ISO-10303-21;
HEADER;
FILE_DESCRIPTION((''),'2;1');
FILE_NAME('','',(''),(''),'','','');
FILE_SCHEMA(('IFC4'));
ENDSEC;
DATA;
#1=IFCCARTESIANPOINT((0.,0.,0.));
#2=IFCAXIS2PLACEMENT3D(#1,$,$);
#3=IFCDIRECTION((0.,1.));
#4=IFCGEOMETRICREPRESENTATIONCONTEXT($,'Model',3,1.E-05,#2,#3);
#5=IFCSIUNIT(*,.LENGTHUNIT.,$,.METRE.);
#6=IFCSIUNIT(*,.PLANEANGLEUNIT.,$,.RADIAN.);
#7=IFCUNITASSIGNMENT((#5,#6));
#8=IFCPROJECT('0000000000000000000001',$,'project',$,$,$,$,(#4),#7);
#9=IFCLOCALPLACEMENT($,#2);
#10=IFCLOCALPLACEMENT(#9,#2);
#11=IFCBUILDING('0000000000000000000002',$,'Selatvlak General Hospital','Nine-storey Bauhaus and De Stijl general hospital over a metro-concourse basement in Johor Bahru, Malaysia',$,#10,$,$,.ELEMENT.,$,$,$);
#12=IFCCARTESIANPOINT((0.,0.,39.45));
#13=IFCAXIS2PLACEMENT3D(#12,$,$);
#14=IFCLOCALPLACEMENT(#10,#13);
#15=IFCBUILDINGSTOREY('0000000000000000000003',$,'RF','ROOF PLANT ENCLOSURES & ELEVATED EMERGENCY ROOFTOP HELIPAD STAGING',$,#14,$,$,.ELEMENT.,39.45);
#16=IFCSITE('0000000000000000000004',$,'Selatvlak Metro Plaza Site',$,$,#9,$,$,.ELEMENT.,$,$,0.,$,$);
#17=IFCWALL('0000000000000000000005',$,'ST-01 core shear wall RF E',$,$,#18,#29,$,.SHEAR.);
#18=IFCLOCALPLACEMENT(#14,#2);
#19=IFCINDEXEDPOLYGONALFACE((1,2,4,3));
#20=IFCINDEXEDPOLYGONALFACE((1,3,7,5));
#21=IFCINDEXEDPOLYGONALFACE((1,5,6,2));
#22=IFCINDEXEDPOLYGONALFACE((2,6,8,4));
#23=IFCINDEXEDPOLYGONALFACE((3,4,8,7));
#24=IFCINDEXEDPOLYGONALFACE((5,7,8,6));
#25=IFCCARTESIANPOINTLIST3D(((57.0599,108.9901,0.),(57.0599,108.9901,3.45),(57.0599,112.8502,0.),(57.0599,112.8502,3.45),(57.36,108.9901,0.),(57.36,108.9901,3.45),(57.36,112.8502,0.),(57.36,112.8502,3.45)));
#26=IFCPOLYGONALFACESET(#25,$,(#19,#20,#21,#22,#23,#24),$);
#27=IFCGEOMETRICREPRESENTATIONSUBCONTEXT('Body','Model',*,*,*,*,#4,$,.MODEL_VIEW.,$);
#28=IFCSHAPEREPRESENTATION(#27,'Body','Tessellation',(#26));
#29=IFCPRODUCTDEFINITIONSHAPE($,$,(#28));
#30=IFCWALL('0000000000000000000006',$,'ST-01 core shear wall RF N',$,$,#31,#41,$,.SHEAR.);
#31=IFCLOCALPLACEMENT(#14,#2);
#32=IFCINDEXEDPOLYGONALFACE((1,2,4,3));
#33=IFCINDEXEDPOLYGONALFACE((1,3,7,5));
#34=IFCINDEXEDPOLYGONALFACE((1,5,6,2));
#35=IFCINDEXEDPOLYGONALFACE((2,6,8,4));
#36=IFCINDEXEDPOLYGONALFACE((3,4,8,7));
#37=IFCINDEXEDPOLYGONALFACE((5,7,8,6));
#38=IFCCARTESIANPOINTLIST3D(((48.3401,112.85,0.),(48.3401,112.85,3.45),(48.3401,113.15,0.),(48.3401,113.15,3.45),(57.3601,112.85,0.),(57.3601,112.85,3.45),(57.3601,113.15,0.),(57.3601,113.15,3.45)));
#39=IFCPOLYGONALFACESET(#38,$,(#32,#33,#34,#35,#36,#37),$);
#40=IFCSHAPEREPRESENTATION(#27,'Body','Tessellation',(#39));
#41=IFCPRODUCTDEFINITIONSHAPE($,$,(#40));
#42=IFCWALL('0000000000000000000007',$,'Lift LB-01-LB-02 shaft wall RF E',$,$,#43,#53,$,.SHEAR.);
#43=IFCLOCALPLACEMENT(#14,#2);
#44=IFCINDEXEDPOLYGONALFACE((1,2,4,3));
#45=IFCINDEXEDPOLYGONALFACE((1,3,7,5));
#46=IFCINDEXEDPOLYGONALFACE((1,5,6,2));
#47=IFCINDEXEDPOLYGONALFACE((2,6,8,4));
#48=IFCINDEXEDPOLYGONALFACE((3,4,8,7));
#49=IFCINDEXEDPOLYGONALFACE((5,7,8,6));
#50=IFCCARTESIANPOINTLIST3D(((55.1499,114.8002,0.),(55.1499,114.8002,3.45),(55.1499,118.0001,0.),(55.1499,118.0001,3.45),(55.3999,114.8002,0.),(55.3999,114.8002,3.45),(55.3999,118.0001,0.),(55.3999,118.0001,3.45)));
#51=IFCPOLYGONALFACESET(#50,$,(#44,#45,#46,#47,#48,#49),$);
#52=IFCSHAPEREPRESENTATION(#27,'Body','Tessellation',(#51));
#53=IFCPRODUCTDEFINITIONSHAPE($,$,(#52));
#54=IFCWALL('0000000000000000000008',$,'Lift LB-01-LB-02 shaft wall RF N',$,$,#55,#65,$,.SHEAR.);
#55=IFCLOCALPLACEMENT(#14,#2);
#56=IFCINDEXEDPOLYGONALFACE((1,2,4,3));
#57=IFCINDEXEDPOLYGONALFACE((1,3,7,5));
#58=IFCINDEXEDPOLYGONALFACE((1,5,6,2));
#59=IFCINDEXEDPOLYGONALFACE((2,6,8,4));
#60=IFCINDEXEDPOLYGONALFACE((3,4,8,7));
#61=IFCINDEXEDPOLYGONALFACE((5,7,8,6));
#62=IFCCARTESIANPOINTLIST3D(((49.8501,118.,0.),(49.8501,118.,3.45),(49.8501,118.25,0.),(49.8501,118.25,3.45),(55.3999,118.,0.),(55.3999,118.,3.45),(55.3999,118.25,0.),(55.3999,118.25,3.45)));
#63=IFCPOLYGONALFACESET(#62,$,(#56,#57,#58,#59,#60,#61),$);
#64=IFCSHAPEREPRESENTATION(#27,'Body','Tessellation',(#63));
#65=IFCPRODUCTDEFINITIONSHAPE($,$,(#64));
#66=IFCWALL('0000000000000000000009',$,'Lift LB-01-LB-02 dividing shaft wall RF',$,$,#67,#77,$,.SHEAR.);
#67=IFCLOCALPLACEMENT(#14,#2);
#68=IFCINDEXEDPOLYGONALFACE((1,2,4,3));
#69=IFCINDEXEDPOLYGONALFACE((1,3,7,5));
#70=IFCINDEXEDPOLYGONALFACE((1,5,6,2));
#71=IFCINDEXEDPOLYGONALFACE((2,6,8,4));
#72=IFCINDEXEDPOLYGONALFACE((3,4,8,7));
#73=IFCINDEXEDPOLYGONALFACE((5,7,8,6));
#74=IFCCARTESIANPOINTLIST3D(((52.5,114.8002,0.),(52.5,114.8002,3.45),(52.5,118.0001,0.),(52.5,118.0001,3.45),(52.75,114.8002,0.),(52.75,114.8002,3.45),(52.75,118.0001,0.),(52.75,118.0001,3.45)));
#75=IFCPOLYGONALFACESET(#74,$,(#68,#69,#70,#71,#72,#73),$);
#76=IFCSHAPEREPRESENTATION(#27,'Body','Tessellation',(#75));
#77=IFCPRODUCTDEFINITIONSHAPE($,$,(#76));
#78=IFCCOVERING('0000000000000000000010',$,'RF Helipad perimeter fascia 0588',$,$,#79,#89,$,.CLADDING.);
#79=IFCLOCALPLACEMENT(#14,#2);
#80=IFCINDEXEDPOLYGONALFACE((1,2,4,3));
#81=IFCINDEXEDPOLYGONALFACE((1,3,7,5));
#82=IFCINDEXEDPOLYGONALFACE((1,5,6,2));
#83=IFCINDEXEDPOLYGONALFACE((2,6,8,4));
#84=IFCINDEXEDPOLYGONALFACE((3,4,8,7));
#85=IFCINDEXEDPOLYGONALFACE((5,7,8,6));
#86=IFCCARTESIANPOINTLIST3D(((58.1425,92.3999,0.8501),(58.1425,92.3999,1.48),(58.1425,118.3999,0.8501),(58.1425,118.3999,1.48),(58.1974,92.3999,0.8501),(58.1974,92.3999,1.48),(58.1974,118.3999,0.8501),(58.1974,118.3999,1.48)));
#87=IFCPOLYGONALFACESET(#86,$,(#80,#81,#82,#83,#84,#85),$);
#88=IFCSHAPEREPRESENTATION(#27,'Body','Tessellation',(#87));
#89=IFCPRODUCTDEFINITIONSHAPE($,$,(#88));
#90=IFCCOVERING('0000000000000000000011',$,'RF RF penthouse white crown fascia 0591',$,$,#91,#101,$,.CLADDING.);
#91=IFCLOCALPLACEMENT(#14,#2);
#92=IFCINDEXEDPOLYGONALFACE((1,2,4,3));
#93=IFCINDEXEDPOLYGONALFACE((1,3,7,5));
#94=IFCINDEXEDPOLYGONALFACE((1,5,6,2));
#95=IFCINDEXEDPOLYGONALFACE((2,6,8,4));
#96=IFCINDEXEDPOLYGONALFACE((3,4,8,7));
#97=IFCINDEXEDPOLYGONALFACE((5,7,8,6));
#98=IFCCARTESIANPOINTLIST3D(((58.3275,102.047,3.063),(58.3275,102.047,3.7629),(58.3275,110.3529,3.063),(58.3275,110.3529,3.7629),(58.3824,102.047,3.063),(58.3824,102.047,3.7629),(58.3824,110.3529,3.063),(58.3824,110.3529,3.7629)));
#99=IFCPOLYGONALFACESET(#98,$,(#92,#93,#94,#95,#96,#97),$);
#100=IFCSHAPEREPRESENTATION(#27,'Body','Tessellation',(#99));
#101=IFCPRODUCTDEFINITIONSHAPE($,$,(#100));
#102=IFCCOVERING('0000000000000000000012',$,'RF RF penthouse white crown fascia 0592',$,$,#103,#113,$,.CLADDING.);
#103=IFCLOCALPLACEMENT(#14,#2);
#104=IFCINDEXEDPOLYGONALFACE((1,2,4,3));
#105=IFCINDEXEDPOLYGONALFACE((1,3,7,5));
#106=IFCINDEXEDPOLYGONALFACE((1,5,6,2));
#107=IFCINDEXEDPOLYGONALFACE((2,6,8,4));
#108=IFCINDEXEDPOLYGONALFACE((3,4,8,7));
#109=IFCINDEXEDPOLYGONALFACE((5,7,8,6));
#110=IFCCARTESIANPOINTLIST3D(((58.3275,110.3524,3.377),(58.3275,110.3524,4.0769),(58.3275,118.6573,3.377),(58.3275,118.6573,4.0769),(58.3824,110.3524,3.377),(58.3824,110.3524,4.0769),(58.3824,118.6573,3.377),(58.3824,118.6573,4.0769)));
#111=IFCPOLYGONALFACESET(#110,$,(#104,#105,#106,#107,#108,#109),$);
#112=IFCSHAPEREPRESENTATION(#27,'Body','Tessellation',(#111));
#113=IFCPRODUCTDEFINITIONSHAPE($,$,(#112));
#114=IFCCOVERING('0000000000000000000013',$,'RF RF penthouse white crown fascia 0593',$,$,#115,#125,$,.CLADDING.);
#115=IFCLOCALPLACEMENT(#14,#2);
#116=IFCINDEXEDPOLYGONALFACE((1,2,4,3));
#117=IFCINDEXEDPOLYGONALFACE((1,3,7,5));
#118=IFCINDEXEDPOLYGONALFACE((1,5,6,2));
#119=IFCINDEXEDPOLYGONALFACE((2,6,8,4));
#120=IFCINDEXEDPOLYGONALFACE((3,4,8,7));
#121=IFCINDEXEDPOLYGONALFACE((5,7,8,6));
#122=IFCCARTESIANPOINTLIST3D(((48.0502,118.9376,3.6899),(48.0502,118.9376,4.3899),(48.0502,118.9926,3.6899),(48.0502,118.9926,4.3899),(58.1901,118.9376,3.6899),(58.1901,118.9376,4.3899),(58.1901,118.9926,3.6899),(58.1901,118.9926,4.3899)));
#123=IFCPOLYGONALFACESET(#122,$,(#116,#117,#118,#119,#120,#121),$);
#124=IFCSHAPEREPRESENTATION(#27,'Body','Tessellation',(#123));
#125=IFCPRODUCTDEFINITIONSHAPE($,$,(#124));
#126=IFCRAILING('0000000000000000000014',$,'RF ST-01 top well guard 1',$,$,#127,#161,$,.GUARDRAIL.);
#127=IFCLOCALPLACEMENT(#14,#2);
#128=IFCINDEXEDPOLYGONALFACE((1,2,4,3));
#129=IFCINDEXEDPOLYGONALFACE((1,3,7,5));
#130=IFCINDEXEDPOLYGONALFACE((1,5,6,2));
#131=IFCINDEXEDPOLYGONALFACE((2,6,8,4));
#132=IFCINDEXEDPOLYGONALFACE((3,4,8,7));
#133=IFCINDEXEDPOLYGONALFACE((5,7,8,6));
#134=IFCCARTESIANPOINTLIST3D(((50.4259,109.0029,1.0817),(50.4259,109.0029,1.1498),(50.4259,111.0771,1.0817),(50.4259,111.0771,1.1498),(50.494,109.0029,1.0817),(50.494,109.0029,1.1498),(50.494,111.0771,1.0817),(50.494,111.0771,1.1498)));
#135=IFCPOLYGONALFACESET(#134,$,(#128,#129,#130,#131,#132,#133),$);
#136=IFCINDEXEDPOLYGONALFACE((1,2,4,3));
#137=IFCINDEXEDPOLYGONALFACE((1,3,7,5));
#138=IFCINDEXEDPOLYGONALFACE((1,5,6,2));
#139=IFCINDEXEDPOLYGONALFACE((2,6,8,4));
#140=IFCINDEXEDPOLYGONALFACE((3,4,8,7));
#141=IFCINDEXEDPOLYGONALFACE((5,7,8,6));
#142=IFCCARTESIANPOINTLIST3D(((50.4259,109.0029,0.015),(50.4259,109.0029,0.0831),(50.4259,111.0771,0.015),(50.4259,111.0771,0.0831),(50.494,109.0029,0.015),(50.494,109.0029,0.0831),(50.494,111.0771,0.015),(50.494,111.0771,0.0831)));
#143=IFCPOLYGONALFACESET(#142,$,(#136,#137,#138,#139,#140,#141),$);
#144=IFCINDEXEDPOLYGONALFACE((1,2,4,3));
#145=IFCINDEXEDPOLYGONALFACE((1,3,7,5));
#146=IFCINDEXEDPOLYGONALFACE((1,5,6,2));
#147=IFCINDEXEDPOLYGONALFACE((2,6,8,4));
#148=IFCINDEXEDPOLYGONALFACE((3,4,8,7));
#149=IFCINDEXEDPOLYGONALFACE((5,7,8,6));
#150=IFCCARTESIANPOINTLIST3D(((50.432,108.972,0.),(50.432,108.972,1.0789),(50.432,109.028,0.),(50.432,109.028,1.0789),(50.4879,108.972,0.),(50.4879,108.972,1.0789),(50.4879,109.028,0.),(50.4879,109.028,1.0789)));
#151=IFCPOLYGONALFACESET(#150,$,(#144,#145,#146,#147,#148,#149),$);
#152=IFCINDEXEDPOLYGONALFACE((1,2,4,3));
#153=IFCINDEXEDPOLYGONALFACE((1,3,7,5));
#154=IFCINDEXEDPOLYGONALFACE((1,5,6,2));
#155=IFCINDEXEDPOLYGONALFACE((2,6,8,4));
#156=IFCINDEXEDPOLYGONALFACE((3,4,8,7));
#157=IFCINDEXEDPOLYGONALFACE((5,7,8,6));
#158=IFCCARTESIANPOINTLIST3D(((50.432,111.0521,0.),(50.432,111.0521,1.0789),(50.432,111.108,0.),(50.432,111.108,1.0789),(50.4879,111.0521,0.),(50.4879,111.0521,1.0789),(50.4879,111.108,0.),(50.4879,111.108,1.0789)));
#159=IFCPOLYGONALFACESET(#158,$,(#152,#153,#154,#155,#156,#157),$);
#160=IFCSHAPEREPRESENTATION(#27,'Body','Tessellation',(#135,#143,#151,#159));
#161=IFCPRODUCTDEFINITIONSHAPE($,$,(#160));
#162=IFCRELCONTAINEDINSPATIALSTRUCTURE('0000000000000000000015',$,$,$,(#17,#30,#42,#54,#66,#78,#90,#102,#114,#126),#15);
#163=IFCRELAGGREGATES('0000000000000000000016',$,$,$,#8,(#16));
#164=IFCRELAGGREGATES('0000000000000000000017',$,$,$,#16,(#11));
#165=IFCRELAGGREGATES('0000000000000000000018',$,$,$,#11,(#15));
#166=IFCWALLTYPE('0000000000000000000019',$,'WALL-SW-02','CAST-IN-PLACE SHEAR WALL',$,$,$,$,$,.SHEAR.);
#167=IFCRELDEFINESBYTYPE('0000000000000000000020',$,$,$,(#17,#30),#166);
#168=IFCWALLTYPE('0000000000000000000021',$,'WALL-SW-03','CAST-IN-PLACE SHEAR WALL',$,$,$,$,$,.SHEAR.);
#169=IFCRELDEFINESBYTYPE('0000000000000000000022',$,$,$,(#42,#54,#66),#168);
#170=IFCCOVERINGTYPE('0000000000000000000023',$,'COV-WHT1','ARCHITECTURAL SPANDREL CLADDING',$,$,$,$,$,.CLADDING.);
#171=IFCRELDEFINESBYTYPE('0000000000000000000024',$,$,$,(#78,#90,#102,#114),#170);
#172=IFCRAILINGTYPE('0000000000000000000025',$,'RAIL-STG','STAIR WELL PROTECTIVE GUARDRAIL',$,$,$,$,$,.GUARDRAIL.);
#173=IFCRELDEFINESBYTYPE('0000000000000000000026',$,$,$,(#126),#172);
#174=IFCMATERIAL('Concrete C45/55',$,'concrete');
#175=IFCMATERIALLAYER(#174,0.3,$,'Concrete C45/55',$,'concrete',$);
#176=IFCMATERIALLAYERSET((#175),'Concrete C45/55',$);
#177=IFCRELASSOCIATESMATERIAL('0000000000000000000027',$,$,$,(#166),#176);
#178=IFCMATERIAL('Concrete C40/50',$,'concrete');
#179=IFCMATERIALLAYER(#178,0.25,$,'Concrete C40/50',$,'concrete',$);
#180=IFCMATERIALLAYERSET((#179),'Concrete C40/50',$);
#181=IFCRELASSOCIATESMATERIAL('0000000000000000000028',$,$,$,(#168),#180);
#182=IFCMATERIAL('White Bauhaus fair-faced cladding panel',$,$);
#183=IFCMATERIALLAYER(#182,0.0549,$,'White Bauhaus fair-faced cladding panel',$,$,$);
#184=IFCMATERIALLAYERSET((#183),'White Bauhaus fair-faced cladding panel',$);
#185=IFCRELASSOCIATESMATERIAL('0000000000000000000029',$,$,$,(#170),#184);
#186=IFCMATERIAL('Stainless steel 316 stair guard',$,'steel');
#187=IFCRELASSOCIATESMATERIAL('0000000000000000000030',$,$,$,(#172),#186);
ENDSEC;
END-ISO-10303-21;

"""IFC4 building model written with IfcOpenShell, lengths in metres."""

from ifc_helpers import new_model, si_unit, direction, frame, frame_2d, origin, origin_2d, place, context, subcontext, project, spatial, rectangle, extrude, material, layer, layer_set, type_object, element, save


model = new_model("IFC4")

# Units and contexts
model_context = context("Model", 3, precision=1e-05, world=origin(), true_north=direction((0.0, 1.0)))
body_context = subcontext(model_context, "Body", "Model", "MODEL_VIEW")
ifc_project = project(units=[si_unit("LENGTHUNIT", "METRE"), si_unit("PLANEANGLEUNIT", "RADIAN")], contexts=[model_context])

# Site, building, storey
site_placement = place(None, origin())
site = spatial("IfcSite", under=ifc_project, at=site_placement, Name="Selatvlak Metro Plaza Site", CompositionType="ELEMENT", RefElevation=0.0)
building_placement = place(site_placement, origin())
building = spatial("IfcBuilding", under=site, at=building_placement, Name="Selatvlak General Hospital", Description="Nine-storey Bauhaus and De Stijl general hospital over a metro-concourse basement in Johor Bahru, Malaysia", CompositionType="ELEMENT")
storey_placement = place(building_placement, frame((0.0, 0.0, 39.45)))
storey = spatial("IfcBuildingStorey", under=building, at=storey_placement, Name="RF", Description="ROOF PLANT ENCLOSURES & ELEVATED EMERGENCY ROOFTOP HELIPAD STAGING", CompositionType="ELEMENT", Elevation=39.45)

# Shared definitions
ifc_material_1 = material(Name="Concrete C40/50", Category="concrete")

# Walls
ifc_material_2 = material(Name="Concrete C45/55", Category="concrete")
ifc_layer_1 = layer(ifc_material_2, 0.3, Name="Concrete C45/55", Category="concrete")
ifc_layer_set_1 = layer_set([ifc_layer_1], Name="Concrete C45/55")
wall_type_1 = type_object("IfcWallType", Name="WALL-SW-02", Description="CAST-IN-PLACE SHEAR WALL", PredefinedType="SHEAR", material=ifc_layer_set_1)
wall_1_placement = place(storey_placement, frame((57.21, 108.99, 0.0), z_axis=(0.0, 0.0, 1.0), x_axis=(0.0, 1.0, 0.0)))
element("IfcWall", 1, at=wall_1_placement, inside=storey, type_object=wall_type_1, Name="ST-01 core shear wall RF E", PredefinedType="SHEAR", context=body_context, shape_type="SweptSolid", body=[
    extrude(rectangle(XDim=3.8601, YDim=0.3, at=frame_2d((1.9302, 0.0))), origin(), (0.0, 0.0, 1.0), 3.45),
])
wall_2_placement = place(storey_placement, frame((57.3601, 113.0, 0.0), z_axis=(0.0, 0.0, 1.0), x_axis=(-1.0, 0.0, 0.0)))
element("IfcWall", 2, at=wall_2_placement, inside=storey, type_object=wall_type_1, Name="ST-01 core shear wall RF N", PredefinedType="SHEAR", context=body_context, shape_type="SweptSolid", body=[
    extrude(rectangle(XDim=9.02, YDim=0.3, at=frame_2d((4.51, 0.0))), origin(), (0.0, 0.0, 1.0), 3.45),
])
ifc_layer_2 = layer(ifc_material_1, 0.25, Name="Concrete C40/50", Category="concrete")
ifc_layer_set_2 = layer_set([ifc_layer_2], Name="Concrete C40/50")
wall_type_2 = type_object("IfcWallType", Name="WALL-SW-03", Description="CAST-IN-PLACE SHEAR WALL", PredefinedType="SHEAR", material=ifc_layer_set_2)
wall_3_placement = place(storey_placement, frame((55.2749, 114.8, 0.0), z_axis=(0.0, 0.0, 1.0), x_axis=(0.0, 1.0, 0.0)))
element("IfcWall", 3, at=wall_3_placement, inside=storey, type_object=wall_type_2, Name="Lift LB-01-LB-02 shaft wall RF E", PredefinedType="SHEAR", context=body_context, shape_type="SweptSolid", body=[
    extrude(rectangle(XDim=3.2, YDim=0.25, at=frame_2d((1.6001, 0.0))), origin(), (0.0, 0.0, 1.0), 3.45),
])
wall_4_placement = place(storey_placement, frame((55.3999, 118.125, 0.0), z_axis=(0.0, 0.0, 1.0), x_axis=(-1.0, 0.0, 0.0)))
element("IfcWall", 4, at=wall_4_placement, inside=storey, type_object=wall_type_2, Name="Lift LB-01-LB-02 shaft wall RF N", PredefinedType="SHEAR", context=body_context, shape_type="SweptSolid", body=[
    extrude(rectangle(XDim=5.5498, YDim=0.25, at=frame_2d((2.7749, 0.0))), origin(), (0.0, 0.0, 1.0), 3.45),
])
wall_5_placement = place(storey_placement, frame((52.625, 114.8, 0.0), z_axis=(0.0, 0.0, 1.0), x_axis=(0.0, 1.0, 0.0)))
element("IfcWall", 5, at=wall_5_placement, inside=storey, type_object=wall_type_2, Name="Lift LB-01-LB-02 dividing shaft wall RF", PredefinedType="SHEAR", context=body_context, shape_type="SweptSolid", body=[
    extrude(rectangle(XDim=3.2, YDim=0.25, at=frame_2d((1.6001, 0.0))), origin(), (0.0, 0.0, 1.0), 3.45),
])

# Coverings
ifc_material_3 = material(Name="White Bauhaus fair-faced cladding panel")
ifc_layer_3 = layer(ifc_material_3, 0.0549, Name="White Bauhaus fair-faced cladding panel")
ifc_layer_set_3 = layer_set([ifc_layer_3], Name="White Bauhaus fair-faced cladding panel")
covering_type = type_object("IfcCoveringType", Name="COV-WHT1", Description="ARCHITECTURAL SPANDREL CLADDING", PredefinedType="CLADDING", material=ifc_layer_set_3)
covering_1_placement = place(storey_placement, frame((58.1699, 105.3999, 0.8501), z_axis=(0.0, 0.0, 1.0), x_axis=(0.0, -1.0, 0.0)))
element("IfcCovering", 6, at=covering_1_placement, inside=storey, type_object=covering_type, Name="RF Helipad perimeter fascia 0588", PredefinedType="CLADDING", context=body_context, shape_type="SweptSolid", body=[
    extrude(rectangle(XDim=26.0, YDim=0.0549, at=origin_2d()), origin(), (0.0, 0.0, 1.0), 0.6299),
])
covering_2_placement = place(storey_placement, frame((58.355, 106.2, 3.063), z_axis=(0.0, 0.0, 1.0), x_axis=(0.0, 1.0, 0.0)))
element("IfcCovering", 7, at=covering_2_placement, inside=storey, type_object=covering_type, Name="RF RF penthouse white crown fascia 0591", PredefinedType="CLADDING", context=body_context, shape_type="SweptSolid", body=[
    extrude(rectangle(XDim=8.3059, YDim=0.0549, at=origin_2d()), origin(), (0.0, 0.0, 1.0), 0.7),
])
covering_3_placement = place(storey_placement, frame((58.355, 114.5049, 3.377), z_axis=(0.0, 0.0, 1.0), x_axis=(0.0, 1.0, 0.0)))
element("IfcCovering", 8, at=covering_3_placement, inside=storey, type_object=covering_type, Name="RF RF penthouse white crown fascia 0592", PredefinedType="CLADDING", context=body_context, shape_type="SweptSolid", body=[
    extrude(rectangle(XDim=8.3049, YDim=0.0549, at=origin_2d()), origin(), (0.0, 0.0, 1.0), 0.7),
])
covering_4_placement = place(storey_placement, frame((53.1201, 118.9651, 3.6899), z_axis=(0.0, 0.0, 1.0), x_axis=(-1.0, 0.0, 0.0)))
element("IfcCovering", 9, at=covering_4_placement, inside=storey, type_object=covering_type, Name="RF RF penthouse white crown fascia 0593", PredefinedType="CLADDING", context=body_context, shape_type="SweptSolid", body=[
    extrude(rectangle(XDim=10.1399, YDim=0.0549, at=origin_2d()), origin(), (0.0, 0.0, 1.0), 0.7),
])

# Railing
ifc_material_4 = material(Name="Stainless steel 316 stair guard", Category="steel")
railing_type = type_object("IfcRailingType", Name="RAIL-STG", Description="STAIR WELL PROTECTIVE GUARDRAIL", PredefinedType="GUARDRAIL", material=ifc_material_4)
railing_1_placement = place(storey_placement, frame((50.46, 109.0, 0.0)))
element("IfcRailing", 10, at=railing_1_placement, inside=storey, type_object=railing_type, Name="RF ST-01 top well guard 1", PredefinedType="GUARDRAIL", context=body_context, shape_type="SweptSolid", body=[
    extrude(rectangle(XDim=0.0681, YDim=0.0681, at=origin_2d()), frame((0.0, 0.0029, 1.1157), z_axis=(0.0, 1.0, 0.0), x_axis=(-1.0, 0.0, 0.0)), (0.0, 0.0, 1.0), 2.0742),
    extrude(rectangle(XDim=0.0681, YDim=0.0681, at=origin_2d()), frame((0.0, 0.0029, 0.0491), z_axis=(0.0, 1.0, 0.0), x_axis=(-1.0, 0.0, 0.0)), (0.0, 0.0, 1.0), 2.0742),
    extrude(rectangle(XDim=0.0559, YDim=0.0559, at=origin_2d()), origin(), (0.0, 0.0, 1.0), 1.0789),
    extrude(rectangle(XDim=0.0559, YDim=0.0559, at=origin_2d()), frame((0.0, 2.0801, 0.0)), (0.0, 0.0, 1.0), 1.0789),
])

save(model, "model.ifc")
